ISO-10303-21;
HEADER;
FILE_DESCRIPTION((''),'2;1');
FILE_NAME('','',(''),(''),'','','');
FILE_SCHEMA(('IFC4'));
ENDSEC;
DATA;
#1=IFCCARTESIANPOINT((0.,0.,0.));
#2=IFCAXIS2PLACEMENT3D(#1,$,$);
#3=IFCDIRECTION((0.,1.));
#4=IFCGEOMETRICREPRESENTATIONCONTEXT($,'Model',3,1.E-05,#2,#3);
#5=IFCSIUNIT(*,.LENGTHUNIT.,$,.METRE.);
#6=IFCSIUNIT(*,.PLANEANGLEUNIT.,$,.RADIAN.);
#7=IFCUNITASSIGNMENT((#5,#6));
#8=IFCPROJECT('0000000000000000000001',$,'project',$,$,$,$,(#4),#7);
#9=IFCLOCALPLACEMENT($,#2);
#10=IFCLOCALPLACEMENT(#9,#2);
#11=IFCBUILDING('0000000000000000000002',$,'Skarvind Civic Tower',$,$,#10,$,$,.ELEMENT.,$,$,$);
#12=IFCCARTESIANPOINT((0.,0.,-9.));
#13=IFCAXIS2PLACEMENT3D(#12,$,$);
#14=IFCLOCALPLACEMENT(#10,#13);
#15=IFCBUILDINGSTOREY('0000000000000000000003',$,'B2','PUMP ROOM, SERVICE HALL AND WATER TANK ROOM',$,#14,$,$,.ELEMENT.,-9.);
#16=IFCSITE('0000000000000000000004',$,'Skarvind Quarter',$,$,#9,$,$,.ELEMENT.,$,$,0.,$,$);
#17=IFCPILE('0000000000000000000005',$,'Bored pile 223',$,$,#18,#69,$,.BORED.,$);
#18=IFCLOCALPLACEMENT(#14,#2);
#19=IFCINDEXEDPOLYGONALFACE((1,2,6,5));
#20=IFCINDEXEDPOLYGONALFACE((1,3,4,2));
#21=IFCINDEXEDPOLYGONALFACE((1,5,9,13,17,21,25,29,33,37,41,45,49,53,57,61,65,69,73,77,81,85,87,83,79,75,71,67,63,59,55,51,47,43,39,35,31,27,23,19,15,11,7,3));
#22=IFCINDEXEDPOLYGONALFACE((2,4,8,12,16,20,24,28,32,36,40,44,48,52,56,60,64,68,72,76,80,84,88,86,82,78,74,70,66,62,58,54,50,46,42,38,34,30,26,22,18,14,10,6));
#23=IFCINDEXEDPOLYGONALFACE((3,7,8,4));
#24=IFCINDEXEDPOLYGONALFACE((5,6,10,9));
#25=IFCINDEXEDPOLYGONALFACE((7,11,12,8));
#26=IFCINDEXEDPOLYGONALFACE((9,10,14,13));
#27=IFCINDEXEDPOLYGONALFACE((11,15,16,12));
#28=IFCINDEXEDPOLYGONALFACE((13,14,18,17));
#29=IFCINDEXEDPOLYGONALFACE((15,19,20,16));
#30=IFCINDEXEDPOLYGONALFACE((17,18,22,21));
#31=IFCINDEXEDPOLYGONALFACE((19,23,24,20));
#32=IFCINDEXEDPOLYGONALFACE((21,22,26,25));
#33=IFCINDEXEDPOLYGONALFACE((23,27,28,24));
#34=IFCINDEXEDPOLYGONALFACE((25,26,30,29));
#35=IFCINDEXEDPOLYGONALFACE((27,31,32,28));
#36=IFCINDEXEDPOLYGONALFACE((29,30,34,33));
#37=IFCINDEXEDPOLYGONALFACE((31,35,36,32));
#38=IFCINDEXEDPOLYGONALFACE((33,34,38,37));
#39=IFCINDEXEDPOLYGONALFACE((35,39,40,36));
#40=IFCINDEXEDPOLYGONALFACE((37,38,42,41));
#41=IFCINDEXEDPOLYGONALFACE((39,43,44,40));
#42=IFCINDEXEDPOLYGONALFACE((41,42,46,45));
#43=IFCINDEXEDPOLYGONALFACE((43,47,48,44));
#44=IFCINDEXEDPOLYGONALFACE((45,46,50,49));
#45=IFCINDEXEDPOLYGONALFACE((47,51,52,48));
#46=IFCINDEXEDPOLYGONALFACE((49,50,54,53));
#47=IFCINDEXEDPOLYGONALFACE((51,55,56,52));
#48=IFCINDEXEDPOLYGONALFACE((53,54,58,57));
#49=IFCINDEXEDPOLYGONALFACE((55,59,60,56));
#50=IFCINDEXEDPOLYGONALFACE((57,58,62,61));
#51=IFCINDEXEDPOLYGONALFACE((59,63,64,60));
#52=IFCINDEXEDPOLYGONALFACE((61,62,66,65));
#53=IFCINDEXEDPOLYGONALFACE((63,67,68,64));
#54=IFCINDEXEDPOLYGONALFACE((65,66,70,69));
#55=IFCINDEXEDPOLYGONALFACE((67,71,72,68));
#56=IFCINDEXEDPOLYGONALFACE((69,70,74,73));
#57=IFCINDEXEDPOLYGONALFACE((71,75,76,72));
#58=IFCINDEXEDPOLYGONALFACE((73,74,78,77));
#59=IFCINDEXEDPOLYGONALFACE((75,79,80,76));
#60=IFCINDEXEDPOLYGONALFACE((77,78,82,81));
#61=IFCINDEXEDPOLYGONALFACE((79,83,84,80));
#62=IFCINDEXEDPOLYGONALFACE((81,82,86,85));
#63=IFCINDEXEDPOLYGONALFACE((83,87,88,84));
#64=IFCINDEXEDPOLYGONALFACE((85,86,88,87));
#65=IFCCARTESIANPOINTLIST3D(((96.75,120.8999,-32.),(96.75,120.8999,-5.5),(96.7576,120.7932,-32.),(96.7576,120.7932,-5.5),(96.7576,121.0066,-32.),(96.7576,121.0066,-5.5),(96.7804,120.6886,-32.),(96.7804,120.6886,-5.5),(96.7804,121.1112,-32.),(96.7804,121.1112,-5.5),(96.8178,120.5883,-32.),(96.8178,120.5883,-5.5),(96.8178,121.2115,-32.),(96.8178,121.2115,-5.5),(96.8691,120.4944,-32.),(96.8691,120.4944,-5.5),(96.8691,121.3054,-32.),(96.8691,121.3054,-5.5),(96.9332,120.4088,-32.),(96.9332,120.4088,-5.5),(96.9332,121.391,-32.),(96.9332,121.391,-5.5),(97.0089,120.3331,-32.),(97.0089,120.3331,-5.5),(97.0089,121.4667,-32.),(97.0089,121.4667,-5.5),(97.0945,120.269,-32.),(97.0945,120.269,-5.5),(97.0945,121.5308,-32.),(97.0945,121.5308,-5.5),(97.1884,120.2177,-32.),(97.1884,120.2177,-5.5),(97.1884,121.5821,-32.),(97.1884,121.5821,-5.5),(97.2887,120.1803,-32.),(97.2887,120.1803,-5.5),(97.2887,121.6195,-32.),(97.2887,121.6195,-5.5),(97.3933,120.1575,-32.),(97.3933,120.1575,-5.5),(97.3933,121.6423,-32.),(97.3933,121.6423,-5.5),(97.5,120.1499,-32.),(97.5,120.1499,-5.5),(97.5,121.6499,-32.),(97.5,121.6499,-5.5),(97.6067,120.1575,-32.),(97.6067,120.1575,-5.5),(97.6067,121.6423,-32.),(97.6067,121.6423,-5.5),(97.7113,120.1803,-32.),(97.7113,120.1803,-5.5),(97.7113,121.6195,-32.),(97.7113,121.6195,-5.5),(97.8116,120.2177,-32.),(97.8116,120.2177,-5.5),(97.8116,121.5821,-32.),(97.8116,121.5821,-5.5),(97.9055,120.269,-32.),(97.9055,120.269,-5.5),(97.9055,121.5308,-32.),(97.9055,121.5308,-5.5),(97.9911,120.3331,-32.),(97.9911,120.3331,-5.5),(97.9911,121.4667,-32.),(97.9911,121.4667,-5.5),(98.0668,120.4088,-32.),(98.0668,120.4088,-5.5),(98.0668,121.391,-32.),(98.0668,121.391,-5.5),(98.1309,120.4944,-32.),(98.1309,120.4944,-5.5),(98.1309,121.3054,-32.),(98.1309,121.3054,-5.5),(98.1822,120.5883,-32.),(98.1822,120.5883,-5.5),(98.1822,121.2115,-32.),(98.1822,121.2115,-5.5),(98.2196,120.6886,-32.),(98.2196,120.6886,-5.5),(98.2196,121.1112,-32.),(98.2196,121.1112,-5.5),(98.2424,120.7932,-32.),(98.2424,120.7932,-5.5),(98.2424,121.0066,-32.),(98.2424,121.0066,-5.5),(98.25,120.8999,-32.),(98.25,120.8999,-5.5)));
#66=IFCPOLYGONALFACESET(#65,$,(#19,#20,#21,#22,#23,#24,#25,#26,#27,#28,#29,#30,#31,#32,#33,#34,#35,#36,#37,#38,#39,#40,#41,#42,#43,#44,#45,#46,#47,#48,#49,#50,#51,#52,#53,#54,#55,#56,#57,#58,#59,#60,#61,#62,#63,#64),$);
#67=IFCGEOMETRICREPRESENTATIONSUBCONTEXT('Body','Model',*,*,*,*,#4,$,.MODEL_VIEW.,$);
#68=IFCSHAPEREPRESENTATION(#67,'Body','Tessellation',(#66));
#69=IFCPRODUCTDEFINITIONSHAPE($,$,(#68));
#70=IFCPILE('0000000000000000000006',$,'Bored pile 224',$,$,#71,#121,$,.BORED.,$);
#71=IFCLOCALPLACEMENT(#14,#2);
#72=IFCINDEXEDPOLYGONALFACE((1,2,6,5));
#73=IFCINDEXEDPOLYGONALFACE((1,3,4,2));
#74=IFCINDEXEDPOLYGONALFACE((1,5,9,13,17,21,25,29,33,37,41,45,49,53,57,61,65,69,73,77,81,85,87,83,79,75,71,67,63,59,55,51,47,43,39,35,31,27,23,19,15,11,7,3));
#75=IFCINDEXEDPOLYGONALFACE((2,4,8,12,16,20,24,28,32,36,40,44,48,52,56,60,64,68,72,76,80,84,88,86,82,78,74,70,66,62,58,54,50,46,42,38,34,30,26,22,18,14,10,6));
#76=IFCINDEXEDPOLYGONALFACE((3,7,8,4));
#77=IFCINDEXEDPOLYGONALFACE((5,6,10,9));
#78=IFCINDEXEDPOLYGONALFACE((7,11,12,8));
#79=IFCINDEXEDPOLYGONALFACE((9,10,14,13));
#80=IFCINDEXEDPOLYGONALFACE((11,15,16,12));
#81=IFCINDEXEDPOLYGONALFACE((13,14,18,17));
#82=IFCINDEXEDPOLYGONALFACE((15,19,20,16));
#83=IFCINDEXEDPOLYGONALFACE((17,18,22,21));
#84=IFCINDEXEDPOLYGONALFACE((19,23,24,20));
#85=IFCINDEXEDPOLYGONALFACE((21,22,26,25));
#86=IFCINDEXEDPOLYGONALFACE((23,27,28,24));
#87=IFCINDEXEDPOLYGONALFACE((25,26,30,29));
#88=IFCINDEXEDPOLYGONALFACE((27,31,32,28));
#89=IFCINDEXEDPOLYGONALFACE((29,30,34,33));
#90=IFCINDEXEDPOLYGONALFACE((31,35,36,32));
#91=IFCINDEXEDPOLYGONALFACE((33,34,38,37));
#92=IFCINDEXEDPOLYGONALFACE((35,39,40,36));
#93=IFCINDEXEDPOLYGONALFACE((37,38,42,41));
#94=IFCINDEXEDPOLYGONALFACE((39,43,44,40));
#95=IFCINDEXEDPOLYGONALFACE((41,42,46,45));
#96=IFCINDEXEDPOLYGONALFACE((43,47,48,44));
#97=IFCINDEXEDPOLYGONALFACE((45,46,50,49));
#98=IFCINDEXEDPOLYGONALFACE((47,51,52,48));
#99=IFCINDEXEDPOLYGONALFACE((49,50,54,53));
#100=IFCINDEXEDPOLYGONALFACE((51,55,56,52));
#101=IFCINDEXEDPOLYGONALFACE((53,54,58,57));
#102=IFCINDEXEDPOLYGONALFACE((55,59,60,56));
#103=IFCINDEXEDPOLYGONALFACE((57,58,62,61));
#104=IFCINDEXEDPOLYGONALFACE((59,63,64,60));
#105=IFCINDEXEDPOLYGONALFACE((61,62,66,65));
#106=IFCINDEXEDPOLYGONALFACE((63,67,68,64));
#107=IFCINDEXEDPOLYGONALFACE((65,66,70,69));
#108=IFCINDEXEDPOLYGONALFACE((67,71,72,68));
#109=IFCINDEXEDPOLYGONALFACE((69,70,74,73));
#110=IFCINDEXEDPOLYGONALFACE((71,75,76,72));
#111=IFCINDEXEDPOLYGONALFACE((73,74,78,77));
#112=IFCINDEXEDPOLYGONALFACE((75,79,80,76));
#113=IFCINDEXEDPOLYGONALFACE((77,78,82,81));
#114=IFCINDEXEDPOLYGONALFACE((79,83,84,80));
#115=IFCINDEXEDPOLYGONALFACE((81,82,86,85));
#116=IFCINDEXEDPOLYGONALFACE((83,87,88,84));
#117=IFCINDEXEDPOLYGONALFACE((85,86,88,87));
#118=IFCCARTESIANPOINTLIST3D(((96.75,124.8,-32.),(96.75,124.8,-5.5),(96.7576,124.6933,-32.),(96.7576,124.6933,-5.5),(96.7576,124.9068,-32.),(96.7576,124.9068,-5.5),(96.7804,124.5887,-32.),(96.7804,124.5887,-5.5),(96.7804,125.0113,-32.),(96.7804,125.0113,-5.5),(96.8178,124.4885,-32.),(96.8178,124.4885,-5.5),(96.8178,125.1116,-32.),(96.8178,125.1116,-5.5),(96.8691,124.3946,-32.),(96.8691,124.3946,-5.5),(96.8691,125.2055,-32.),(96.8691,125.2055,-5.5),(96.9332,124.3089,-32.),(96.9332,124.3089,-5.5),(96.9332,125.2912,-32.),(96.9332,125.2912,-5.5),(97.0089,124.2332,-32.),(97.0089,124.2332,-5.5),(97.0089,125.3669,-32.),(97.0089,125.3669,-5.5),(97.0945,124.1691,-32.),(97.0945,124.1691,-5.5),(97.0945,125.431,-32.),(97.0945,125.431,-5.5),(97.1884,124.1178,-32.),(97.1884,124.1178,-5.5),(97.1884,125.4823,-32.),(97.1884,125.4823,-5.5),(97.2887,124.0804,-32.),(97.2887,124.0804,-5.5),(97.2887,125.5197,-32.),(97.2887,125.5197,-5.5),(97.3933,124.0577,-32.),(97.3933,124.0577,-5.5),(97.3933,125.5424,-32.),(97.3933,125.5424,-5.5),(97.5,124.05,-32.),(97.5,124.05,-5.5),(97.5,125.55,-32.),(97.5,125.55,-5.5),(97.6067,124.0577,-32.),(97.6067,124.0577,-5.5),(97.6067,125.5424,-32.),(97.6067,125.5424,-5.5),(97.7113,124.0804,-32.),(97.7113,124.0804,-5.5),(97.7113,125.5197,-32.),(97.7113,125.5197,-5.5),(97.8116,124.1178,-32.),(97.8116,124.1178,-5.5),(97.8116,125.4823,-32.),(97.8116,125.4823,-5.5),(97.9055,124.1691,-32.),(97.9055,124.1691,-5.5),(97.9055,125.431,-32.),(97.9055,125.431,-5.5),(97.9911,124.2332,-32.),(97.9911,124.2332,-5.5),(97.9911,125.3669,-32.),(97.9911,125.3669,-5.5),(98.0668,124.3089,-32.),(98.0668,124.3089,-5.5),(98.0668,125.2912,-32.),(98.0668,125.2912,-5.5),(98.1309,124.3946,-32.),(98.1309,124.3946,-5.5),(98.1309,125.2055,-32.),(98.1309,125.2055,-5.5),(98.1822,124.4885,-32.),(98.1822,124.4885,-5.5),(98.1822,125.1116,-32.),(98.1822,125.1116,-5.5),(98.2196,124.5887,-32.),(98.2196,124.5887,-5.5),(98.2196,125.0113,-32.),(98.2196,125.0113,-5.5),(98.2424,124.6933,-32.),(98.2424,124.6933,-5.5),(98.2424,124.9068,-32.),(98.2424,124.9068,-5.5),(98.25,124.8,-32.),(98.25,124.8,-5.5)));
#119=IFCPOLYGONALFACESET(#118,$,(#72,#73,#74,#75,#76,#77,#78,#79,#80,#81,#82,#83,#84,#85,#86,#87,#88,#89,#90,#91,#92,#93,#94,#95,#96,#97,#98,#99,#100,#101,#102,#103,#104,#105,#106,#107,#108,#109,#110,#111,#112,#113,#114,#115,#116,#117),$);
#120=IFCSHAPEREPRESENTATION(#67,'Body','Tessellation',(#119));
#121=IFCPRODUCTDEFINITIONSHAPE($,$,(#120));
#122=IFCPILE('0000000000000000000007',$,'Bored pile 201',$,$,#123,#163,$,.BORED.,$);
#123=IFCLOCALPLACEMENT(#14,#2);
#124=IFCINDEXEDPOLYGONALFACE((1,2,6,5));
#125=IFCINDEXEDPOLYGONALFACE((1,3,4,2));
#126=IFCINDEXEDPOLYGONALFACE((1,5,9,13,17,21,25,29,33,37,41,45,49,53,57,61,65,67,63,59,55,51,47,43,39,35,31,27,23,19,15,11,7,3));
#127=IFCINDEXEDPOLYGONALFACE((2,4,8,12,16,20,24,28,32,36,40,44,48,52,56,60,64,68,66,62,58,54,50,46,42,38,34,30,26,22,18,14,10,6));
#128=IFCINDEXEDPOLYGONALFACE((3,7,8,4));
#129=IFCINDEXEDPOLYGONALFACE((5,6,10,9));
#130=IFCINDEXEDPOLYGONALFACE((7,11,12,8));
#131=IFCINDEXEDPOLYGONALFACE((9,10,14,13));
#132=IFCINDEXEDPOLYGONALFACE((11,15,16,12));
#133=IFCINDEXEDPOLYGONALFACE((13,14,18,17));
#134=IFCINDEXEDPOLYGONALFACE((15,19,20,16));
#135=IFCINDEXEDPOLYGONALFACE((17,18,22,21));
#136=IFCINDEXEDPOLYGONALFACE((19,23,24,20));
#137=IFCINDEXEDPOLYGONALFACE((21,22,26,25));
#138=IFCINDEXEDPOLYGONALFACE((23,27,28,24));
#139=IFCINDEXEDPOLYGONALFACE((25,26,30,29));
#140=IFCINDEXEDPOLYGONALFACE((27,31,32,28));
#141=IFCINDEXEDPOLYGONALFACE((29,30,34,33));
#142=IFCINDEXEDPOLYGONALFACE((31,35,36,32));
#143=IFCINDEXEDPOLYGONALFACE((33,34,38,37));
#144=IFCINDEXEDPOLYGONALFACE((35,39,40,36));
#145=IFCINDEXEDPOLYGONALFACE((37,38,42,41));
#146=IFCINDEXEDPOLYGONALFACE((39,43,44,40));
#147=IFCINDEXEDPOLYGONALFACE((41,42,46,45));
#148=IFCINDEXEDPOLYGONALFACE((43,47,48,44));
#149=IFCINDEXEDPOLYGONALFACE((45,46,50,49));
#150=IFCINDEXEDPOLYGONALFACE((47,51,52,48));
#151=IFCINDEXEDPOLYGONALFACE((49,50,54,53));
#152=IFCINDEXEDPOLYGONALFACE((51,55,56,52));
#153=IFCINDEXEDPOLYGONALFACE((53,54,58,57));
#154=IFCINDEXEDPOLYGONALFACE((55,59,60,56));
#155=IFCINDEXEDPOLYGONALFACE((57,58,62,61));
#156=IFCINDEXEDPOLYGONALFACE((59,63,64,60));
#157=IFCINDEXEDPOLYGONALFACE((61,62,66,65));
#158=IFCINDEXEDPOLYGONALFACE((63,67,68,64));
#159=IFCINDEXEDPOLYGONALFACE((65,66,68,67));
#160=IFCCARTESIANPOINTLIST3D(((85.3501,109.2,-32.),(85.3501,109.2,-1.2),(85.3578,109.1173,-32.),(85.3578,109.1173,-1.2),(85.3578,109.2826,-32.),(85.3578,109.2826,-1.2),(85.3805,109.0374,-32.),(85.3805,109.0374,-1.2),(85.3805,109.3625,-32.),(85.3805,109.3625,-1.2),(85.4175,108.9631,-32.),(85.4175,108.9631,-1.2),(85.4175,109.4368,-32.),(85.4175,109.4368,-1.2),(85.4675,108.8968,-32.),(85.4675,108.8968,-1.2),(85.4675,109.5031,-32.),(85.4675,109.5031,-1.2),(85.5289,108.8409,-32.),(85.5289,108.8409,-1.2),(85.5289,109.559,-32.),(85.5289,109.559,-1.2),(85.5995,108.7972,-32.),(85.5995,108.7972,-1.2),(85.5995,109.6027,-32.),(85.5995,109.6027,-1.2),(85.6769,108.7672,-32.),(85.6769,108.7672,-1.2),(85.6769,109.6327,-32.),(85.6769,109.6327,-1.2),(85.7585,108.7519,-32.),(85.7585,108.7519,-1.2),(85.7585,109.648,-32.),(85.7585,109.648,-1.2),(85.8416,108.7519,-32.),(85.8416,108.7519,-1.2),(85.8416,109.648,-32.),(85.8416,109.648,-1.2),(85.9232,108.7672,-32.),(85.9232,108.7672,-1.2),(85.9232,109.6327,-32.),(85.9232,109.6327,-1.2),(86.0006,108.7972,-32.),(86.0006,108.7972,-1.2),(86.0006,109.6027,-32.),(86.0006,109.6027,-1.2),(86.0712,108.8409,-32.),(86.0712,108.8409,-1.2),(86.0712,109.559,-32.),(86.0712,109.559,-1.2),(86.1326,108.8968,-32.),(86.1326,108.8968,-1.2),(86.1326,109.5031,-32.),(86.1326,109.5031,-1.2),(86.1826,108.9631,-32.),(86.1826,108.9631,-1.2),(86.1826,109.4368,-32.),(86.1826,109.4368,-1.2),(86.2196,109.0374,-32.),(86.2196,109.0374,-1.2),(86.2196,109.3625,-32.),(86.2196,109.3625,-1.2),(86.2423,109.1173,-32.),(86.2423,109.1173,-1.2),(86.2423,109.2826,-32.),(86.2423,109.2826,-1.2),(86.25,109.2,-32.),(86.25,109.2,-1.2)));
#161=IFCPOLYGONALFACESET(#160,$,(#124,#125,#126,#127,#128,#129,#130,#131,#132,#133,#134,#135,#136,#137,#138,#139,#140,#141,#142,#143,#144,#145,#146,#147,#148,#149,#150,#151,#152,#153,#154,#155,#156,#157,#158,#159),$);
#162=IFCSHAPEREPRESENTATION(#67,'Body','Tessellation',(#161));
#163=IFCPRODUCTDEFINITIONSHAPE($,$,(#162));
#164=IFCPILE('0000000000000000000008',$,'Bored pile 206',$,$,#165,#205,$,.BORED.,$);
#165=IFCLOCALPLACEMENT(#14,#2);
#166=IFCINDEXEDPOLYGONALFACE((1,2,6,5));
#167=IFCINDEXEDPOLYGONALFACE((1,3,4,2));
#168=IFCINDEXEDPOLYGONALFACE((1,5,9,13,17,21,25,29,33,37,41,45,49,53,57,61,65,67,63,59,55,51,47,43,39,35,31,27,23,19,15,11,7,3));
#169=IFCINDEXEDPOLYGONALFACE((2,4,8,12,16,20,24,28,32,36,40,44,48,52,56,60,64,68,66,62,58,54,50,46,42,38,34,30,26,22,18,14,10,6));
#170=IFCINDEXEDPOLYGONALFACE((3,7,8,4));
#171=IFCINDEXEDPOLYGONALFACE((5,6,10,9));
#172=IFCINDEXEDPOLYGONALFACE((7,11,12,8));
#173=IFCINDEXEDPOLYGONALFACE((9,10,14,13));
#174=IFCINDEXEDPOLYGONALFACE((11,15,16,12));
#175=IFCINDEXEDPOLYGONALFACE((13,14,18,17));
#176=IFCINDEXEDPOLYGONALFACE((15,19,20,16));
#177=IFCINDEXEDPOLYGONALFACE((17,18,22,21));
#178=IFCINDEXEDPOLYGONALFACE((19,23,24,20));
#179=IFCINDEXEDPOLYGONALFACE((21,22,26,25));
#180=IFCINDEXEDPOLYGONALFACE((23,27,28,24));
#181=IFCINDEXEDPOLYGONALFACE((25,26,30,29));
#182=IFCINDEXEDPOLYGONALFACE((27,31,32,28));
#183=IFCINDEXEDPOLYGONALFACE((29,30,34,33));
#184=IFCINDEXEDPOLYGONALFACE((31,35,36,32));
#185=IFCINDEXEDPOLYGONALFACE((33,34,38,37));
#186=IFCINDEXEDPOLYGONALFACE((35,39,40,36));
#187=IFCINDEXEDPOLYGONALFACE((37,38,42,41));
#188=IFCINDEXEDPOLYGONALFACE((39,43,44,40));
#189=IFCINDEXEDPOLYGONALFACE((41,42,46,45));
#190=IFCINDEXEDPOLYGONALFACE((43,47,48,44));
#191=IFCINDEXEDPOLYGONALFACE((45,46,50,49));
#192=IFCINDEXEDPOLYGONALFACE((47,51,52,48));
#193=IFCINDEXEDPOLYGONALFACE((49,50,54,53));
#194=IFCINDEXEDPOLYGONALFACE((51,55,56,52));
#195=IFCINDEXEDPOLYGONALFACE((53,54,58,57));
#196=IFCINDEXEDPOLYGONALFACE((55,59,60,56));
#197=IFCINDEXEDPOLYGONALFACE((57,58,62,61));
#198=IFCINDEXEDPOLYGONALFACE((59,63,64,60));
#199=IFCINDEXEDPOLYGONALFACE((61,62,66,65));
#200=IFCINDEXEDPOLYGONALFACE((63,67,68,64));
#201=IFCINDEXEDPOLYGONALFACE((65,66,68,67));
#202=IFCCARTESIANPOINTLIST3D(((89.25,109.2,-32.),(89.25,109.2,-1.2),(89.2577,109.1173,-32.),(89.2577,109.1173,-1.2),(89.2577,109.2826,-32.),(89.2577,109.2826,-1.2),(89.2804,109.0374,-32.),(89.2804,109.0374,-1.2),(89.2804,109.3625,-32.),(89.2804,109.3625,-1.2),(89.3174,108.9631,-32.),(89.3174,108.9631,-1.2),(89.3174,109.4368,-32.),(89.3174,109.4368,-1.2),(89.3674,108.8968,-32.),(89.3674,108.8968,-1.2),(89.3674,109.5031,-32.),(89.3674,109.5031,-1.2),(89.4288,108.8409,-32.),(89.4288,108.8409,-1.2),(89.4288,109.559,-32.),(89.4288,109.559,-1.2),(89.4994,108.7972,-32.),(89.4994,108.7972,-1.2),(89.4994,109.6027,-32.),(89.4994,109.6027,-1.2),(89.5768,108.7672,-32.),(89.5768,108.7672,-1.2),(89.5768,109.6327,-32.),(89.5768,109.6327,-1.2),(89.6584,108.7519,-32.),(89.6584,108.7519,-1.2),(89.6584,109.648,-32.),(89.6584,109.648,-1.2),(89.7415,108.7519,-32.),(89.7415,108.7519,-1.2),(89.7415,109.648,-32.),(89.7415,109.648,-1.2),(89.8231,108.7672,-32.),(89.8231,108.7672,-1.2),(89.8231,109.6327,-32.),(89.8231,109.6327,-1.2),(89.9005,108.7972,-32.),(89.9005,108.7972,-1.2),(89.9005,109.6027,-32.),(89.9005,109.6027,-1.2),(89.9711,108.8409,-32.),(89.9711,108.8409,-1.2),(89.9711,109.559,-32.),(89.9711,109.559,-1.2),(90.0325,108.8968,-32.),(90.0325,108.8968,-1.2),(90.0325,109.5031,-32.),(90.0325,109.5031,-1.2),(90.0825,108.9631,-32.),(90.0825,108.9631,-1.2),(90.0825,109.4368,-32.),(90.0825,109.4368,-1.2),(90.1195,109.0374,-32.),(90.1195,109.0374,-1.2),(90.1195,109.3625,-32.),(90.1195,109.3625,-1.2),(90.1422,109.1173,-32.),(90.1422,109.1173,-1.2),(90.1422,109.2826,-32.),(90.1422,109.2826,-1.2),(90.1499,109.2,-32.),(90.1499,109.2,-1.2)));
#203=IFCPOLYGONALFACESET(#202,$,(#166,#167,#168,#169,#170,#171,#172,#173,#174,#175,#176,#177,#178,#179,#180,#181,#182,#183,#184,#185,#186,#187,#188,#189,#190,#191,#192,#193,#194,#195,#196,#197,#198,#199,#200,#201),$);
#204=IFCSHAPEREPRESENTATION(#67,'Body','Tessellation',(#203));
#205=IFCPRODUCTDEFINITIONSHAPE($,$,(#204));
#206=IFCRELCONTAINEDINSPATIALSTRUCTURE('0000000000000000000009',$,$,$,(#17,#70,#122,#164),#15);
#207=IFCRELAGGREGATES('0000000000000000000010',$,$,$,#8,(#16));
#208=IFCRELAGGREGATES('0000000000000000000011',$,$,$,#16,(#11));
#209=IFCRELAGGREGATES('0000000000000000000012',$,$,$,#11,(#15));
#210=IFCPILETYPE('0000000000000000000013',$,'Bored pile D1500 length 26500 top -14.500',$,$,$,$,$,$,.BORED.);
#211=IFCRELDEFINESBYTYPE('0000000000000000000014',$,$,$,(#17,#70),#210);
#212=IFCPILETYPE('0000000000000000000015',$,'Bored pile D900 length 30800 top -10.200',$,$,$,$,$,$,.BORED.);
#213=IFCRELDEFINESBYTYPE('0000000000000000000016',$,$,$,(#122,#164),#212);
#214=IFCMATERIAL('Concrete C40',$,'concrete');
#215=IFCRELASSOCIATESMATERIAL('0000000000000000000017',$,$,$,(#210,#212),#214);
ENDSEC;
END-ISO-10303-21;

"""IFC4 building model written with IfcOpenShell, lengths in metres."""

from ifc_helpers import new_model, si_unit, direction, frame, origin, origin_2d, place, context, subcontext, project, spatial, circle, extrude, material, type_object, element, save


model = new_model("IFC4")

# Units and contexts
model_context = context("Model", 3, precision=1e-05, world=origin(), true_north=direction((0.0, 1.0)))
body_context = subcontext(model_context, "Body", "Model", "MODEL_VIEW")
ifc_project = project(units=[si_unit("LENGTHUNIT", "METRE"), si_unit("PLANEANGLEUNIT", "RADIAN")], contexts=[model_context])

# Site, building, storey
site_placement = place(None, origin())
site = spatial("IfcSite", under=ifc_project, at=site_placement, Name="Skarvind Quarter", CompositionType="ELEMENT", RefElevation=0.0)
building_placement = place(site_placement, origin())
building = spatial("IfcBuilding", under=site, at=building_placement, Name="Skarvind Civic Tower", CompositionType="ELEMENT")
storey_placement = place(building_placement, frame((0.0, 0.0, -9.0)))
storey = spatial("IfcBuildingStorey", under=building, at=storey_placement, Name="B2", Description="PUMP ROOM, SERVICE HALL AND WATER TANK ROOM", CompositionType="ELEMENT", Elevation=-9.0)

# Piles
ifc_material_1 = material(Name="Concrete C40", Category="concrete")
pile_type_1 = type_object("IfcPileType", Name="Bored pile D1500 length 26500 top -14.500", PredefinedType="BORED", material=ifc_material_1)
for number, where, z_axis, x_axis, name in (
    (1, (97.5, 120.8999, -5.5), (0.0, 0.0, -1.0), (1.0, 0.0, 0.0), "Bored pile 223"),
    (2, (97.5, 124.8, -5.5), (0.0, 0.0, -1.0), (1.0, 0.0, 0.0), "Bored pile 224"),
):
    element("IfcPile", number, at=place(storey_placement, frame(where, z_axis=z_axis, x_axis=x_axis)), inside=storey, type_object=pile_type_1, Name=name, PredefinedType="BORED", context=body_context, shape_type="SweptSolid", body=[
        extrude(circle(Radius=0.75, at=origin_2d()), origin(), (0.0, 0.0, 1.0), 26.5),
    ])
pile_type_2 = type_object("IfcPileType", Name="Bored pile D900 length 30800 top -10.200", PredefinedType="BORED", material=ifc_material_1)
for number, where, z_axis, x_axis, name in (
    (3, (85.8, 109.2, -1.2), (0.0, 0.0, -1.0), (1.0, 0.0, 0.0), "Bored pile 201"),
    (4, (89.7, 109.2, -1.2), (0.0, 0.0, -1.0), (1.0, 0.0, 0.0), "Bored pile 206"),
):
    element("IfcPile", number, at=place(storey_placement, frame(where, z_axis=z_axis, x_axis=x_axis)), inside=storey, type_object=pile_type_2, Name=name, PredefinedType="BORED", context=body_context, shape_type="SweptSolid", body=[
        extrude(circle(Radius=0.45, at=origin_2d()), origin(), (0.0, 0.0, 1.0), 30.8),
    ])

save(model, "model.ifc")
